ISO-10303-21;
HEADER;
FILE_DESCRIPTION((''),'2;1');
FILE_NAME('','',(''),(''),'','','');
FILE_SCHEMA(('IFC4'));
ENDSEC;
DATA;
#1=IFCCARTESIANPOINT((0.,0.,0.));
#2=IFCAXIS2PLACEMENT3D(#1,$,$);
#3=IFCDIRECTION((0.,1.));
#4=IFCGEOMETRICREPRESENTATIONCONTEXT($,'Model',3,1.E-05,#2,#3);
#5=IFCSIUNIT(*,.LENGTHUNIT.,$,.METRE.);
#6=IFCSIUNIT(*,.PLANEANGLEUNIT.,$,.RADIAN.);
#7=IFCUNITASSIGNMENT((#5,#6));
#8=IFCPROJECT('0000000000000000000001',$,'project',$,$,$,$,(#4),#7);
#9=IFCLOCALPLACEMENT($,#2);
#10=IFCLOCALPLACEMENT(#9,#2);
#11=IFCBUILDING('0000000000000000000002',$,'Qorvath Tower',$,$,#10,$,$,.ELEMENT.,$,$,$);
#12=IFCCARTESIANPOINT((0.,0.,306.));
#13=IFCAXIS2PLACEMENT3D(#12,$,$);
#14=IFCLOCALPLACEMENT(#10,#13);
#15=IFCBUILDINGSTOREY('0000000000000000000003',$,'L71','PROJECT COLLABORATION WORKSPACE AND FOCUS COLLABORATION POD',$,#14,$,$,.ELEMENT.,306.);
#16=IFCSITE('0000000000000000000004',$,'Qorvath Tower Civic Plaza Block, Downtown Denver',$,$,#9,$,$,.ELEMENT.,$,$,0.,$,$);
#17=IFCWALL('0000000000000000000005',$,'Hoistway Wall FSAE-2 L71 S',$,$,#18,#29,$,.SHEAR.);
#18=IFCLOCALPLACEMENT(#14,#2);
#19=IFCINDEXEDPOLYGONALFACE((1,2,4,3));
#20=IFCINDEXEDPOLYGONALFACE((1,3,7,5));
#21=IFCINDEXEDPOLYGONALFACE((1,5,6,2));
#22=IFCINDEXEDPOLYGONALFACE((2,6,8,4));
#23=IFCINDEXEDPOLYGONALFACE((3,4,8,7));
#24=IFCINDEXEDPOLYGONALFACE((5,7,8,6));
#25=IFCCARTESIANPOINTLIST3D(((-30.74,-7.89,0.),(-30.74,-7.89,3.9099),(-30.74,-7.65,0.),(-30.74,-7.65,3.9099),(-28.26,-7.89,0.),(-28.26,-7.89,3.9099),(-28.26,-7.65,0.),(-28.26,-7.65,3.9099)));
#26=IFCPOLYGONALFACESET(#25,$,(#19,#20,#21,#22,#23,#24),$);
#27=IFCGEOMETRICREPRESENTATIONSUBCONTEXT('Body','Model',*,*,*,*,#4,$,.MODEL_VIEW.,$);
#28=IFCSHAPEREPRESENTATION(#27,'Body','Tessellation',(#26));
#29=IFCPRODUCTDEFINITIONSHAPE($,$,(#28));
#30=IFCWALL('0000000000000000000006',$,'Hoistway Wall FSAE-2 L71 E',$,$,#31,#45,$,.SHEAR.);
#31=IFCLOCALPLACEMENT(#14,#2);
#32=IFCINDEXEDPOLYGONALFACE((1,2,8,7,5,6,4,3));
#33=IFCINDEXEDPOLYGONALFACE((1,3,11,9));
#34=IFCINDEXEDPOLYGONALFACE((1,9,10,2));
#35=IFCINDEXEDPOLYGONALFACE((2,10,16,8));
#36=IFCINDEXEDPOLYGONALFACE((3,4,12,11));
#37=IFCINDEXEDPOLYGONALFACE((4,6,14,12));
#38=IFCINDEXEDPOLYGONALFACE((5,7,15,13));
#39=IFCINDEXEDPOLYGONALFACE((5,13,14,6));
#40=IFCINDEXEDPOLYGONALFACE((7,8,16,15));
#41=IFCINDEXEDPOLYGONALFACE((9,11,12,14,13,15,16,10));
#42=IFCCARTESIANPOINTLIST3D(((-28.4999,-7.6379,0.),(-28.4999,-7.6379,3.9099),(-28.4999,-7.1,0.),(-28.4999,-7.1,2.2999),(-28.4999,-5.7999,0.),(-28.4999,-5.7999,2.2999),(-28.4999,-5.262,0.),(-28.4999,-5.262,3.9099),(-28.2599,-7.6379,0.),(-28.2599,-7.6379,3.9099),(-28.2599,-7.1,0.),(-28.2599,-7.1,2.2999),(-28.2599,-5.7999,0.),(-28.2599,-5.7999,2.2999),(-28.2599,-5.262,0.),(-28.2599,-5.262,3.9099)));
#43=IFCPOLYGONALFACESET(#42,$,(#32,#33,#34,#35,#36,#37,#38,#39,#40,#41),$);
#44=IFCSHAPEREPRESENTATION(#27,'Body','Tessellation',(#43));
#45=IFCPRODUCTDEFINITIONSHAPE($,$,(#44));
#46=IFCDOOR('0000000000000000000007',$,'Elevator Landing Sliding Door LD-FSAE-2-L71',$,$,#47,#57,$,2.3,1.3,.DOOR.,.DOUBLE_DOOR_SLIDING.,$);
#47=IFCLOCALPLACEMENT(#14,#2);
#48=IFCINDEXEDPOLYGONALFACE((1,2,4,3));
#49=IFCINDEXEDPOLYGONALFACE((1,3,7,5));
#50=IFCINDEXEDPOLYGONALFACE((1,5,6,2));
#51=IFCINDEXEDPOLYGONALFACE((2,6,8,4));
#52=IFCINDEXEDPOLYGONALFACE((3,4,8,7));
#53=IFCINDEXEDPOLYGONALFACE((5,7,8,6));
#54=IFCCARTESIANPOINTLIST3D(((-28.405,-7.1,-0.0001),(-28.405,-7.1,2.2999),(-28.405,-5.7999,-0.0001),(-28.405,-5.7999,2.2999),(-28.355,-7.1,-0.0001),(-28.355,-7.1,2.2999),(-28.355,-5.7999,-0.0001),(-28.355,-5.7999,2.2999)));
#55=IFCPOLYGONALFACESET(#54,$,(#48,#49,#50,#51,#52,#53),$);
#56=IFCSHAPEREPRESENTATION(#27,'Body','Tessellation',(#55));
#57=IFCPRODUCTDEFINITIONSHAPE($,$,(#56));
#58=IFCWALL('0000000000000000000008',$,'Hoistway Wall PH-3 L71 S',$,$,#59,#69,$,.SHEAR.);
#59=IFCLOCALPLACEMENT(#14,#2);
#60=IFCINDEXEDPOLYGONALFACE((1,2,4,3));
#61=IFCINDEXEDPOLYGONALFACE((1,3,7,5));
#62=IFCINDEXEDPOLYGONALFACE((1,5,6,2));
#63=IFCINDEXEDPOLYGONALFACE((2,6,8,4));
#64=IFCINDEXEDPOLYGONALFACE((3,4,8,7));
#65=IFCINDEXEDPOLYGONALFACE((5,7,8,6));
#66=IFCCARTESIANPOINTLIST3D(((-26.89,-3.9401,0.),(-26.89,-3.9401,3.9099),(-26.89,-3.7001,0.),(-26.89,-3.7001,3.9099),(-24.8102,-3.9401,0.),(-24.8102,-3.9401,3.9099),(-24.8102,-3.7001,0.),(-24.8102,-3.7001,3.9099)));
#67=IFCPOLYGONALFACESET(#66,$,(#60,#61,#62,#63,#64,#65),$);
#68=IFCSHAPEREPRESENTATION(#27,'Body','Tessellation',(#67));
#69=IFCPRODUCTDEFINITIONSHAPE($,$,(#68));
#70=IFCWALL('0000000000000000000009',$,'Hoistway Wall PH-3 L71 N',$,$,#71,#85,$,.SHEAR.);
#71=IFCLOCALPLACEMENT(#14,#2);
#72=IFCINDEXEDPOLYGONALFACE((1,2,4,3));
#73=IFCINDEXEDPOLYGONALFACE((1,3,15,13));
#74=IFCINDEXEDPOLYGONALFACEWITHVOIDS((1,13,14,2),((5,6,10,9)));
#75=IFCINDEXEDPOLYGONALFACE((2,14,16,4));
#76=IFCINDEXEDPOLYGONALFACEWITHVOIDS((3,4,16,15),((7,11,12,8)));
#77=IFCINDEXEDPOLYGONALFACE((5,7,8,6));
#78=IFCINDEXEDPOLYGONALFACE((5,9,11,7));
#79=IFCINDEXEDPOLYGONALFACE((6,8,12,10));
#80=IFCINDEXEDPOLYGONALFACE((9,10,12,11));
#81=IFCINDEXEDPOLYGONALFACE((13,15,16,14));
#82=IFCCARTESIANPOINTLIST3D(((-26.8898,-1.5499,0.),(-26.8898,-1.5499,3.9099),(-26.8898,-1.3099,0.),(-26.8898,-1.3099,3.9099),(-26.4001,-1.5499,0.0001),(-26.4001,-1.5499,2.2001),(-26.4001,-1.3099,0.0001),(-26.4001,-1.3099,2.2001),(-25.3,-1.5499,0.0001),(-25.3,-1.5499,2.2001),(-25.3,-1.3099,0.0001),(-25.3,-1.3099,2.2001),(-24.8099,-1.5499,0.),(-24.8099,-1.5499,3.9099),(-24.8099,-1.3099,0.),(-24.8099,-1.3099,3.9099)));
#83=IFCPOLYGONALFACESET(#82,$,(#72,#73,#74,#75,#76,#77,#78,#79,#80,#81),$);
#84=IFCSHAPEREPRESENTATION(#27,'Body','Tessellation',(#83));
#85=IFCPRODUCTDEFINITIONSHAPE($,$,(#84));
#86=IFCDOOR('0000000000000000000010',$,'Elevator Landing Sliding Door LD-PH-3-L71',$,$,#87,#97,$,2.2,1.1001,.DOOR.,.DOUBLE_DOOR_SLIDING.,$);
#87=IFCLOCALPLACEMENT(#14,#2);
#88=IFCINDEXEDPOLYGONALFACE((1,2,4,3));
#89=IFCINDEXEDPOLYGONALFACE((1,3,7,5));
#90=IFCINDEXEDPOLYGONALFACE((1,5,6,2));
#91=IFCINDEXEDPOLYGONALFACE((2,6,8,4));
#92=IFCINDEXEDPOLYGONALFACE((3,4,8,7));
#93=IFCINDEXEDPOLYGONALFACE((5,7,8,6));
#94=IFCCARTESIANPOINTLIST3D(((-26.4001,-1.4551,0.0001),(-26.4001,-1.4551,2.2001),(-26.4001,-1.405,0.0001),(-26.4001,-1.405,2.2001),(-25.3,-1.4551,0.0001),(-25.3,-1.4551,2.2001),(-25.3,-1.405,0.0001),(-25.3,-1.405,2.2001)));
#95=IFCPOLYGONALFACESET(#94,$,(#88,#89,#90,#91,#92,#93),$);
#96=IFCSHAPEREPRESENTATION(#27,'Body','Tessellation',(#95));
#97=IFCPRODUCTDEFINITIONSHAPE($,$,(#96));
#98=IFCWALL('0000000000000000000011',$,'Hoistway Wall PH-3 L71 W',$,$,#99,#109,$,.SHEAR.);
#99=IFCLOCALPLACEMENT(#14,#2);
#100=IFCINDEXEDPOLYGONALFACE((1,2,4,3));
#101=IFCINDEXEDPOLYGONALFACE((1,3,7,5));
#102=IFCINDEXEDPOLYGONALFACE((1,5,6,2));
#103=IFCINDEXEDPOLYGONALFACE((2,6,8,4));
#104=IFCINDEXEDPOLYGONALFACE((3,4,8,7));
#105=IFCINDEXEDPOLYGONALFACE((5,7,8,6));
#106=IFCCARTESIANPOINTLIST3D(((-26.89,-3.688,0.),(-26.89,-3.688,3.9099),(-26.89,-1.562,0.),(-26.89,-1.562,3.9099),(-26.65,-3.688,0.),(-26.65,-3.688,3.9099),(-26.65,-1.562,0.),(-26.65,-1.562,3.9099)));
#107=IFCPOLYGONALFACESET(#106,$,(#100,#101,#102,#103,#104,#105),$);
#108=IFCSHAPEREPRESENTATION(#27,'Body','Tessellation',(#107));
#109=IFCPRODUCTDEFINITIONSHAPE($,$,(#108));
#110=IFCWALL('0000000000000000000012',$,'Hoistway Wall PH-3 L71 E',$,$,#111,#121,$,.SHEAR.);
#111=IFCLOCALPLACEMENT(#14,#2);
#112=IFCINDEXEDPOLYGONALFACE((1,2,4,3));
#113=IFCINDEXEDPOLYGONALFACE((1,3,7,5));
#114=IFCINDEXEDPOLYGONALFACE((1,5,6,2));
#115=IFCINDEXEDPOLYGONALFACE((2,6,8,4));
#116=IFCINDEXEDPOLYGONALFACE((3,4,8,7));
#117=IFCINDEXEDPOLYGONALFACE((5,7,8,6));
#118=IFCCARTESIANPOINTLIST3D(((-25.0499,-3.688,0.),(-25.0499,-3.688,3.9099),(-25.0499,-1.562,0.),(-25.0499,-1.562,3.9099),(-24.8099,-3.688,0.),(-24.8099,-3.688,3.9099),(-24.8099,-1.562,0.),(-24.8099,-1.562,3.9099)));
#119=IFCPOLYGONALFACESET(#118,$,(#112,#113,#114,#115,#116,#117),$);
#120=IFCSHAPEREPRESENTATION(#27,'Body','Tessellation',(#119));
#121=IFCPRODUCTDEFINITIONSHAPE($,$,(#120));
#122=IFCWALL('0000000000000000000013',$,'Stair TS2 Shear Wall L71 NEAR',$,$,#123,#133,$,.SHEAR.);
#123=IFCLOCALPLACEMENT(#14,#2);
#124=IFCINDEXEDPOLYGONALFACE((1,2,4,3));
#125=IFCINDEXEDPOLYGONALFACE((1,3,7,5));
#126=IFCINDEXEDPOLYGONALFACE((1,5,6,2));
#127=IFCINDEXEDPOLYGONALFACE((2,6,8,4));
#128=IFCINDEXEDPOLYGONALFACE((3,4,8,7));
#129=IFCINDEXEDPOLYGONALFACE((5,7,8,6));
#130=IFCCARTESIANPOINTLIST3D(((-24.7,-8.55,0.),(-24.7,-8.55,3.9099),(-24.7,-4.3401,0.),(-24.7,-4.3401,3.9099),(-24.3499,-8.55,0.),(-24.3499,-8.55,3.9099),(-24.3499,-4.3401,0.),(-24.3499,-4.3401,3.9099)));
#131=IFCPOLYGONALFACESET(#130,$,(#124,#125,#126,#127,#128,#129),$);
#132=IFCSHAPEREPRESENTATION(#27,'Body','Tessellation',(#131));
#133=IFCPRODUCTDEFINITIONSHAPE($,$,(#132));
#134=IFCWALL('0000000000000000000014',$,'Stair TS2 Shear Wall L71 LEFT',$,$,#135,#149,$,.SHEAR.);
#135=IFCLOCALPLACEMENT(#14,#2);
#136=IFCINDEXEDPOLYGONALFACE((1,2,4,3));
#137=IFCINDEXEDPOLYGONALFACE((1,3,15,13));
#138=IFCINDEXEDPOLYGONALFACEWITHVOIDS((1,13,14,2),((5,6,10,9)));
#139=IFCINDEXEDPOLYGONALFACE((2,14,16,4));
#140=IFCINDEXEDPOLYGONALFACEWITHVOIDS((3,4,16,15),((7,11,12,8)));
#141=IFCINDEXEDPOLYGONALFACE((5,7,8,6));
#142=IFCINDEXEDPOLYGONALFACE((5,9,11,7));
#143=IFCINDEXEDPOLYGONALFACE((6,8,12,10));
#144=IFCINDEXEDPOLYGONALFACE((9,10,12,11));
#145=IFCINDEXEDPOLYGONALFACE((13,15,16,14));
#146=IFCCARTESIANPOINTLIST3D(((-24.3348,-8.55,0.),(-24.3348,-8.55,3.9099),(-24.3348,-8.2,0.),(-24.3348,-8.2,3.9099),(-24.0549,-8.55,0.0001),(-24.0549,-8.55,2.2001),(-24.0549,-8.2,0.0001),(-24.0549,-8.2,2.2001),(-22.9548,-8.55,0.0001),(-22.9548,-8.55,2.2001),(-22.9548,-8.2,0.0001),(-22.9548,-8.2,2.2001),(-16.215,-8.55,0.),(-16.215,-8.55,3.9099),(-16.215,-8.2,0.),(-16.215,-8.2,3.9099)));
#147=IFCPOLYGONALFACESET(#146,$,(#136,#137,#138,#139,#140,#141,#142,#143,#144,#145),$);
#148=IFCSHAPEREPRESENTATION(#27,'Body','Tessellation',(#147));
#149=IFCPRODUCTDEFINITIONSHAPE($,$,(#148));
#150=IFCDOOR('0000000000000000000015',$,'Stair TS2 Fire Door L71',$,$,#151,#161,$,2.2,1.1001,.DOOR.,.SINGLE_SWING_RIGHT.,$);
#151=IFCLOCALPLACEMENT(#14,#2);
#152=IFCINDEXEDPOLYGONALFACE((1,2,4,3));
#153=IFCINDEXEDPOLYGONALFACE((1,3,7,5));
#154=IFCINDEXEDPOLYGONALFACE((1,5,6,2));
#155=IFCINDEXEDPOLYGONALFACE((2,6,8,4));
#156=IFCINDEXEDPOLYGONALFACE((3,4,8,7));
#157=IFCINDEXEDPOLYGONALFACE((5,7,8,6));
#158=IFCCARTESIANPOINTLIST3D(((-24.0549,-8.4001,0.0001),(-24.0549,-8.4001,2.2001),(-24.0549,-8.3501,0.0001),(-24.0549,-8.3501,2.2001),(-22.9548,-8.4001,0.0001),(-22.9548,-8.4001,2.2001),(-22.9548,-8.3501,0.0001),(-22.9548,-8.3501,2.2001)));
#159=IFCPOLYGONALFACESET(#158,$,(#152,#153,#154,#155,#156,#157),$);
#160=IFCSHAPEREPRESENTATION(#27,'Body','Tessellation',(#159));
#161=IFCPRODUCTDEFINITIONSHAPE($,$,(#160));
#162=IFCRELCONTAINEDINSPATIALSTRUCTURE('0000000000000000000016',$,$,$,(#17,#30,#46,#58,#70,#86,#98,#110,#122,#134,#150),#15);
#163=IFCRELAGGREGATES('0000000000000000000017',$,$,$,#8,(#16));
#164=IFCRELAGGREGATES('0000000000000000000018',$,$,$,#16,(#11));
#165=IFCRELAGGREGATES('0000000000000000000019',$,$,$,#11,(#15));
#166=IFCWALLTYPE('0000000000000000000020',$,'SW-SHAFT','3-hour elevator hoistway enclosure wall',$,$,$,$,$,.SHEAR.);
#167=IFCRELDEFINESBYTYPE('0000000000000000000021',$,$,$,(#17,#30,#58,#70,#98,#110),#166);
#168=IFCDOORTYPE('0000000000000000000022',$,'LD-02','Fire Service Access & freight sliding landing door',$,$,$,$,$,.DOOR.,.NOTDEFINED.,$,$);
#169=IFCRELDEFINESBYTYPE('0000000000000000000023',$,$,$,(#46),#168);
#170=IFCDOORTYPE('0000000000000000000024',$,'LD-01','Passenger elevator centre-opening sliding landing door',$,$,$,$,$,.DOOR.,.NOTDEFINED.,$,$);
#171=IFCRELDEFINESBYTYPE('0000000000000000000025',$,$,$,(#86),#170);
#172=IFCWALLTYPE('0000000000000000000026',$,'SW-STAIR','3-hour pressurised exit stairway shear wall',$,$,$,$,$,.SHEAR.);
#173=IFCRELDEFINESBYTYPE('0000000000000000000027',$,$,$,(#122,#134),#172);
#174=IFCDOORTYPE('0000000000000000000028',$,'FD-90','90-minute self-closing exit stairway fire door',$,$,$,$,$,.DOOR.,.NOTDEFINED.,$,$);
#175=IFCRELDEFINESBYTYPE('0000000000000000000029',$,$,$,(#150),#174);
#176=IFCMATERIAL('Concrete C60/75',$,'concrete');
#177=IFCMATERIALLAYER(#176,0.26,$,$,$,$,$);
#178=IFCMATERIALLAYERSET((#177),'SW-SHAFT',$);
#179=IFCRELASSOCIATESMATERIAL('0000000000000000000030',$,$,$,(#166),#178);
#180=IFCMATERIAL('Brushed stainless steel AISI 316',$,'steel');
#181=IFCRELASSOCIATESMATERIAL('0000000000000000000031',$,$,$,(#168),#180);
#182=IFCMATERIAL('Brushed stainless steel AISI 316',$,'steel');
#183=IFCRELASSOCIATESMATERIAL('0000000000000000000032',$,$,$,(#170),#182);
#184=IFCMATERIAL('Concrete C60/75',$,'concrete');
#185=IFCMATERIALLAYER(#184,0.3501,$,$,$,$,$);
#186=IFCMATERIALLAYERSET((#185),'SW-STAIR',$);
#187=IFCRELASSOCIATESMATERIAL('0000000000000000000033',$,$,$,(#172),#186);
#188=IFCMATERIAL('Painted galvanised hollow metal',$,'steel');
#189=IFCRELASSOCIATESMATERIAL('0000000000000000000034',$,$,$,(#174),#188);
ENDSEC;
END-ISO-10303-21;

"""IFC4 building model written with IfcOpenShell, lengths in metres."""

from ifc_helpers import new_model, si_unit, direction, frame, frame_2d, origin, place, context, subcontext, project, spatial, rectangle, extrude, material, layer, layer_set, type_object, element, fill, save


model = new_model("IFC4")

# Units and contexts
model_context = context("Model", 3, precision=1e-05, world=origin(), true_north=direction((0.0, 1.0)))
body_context = subcontext(model_context, "Body", "Model", "MODEL_VIEW")
ifc_project = project(units=[si_unit("LENGTHUNIT", "METRE"), si_unit("PLANEANGLEUNIT", "RADIAN")], contexts=[model_context])

# Site, building, storey
site_placement = place(None, origin())
site = spatial("IfcSite", under=ifc_project, at=site_placement, Name="Qorvath Tower Civic Plaza Block, Downtown Denver", CompositionType="ELEMENT", RefElevation=0.0)
building_placement = place(site_placement, origin())
building = spatial("IfcBuilding", under=site, at=building_placement, Name="Qorvath Tower", CompositionType="ELEMENT")
storey_placement = place(building_placement, frame((0.0, 0.0, 306.0)))
storey = spatial("IfcBuildingStorey", under=building, at=storey_placement, Name="L71", Description="PROJECT COLLABORATION WORKSPACE AND FOCUS COLLABORATION POD", CompositionType="ELEMENT", Elevation=306.0)

# Wall
ifc_material_1 = material(Name="Concrete C60/75", Category="concrete")
ifc_layer_1 = layer(ifc_material_1, 0.26)
ifc_layer_set_1 = layer_set([ifc_layer_1], Name="SW-SHAFT")
wall_type_1 = type_object("IfcWallType", Name="SW-SHAFT", Description="3-hour elevator hoistway enclosure wall", PredefinedType="SHEAR", material=ifc_layer_set_1)
wall_1_placement = place(storey_placement, frame((-28.26, -7.77, 0.0), z_axis=(0.0, 0.0, 1.0), x_axis=(-1.0, 0.0, 0.0)))
element("IfcWall", 1, at=wall_1_placement, inside=storey, type_object=wall_type_1, Name="Hoistway Wall FSAE-2 L71 S", PredefinedType="SHEAR", context=body_context, shape_type="SweptSolid", body=[
    extrude(rectangle(XDim=2.48, YDim=0.24, at=frame_2d((1.24, 0.0))), origin(), (0.0, 0.0, 1.0), 3.9099),
])

# Wall, opening, door
wall_2_placement = place(storey_placement, frame((-28.3799, -5.262, 0.0), z_axis=(0.0, 0.0, 1.0), x_axis=(0.0, -1.0, 0.0)))
wall_2 = element("IfcWall", 2, at=wall_2_placement, inside=storey, type_object=wall_type_1, Name="Hoistway Wall FSAE-2 L71 E", PredefinedType="SHEAR", context=body_context, shape_type="SweptSolid", body=[
    extrude(rectangle(XDim=2.376, YDim=0.24, at=frame_2d((1.188, 0.0))), origin(), (0.0, 0.0, 1.0), 3.9099),
])
opening_1_placement = place(wall_2_placement, frame((0.5381, 0.0, 0.0)))
opening_1 = element("IfcOpeningElement", 3, at=opening_1_placement, cuts=wall_2, PredefinedType="OPENING", context=body_context, shape_type="SweptSolid", body=[
    extrude(rectangle(XDim=1.3, YDim=2.3, at=frame_2d((0.6499, 1.1499))), frame((0.0, 0.1299, 0.0), z_axis=(0.0, -1.0, 0.0), x_axis=(1.0, 0.0, 0.0)), (0.0, 0.0, 1.0), 0.26),
])
ifc_material_2 = material(Name="Brushed stainless steel AISI 316", Category="steel")
door_type_1 = type_object("IfcDoorType", Name="LD-02", Description="Fire Service Access & freight sliding landing door", OperationType="NOTDEFINED", PredefinedType="DOOR", material=ifc_material_2)
door_1_placement = place(opening_1_placement, origin())
door_1 = element("IfcDoor", 4, at=door_1_placement, inside=storey, type_object=door_type_1, Name="Elevator Landing Sliding Door LD-FSAE-2-L71", OperationType="DOUBLE_DOOR_SLIDING", OverallHeight=2.3, OverallWidth=1.3, PredefinedType="DOOR", context=body_context, shape_type="SweptSolid", body=[
    extrude(rectangle(XDim=1.3, YDim=2.3, at=frame_2d((0.6499, 1.1499))), frame((0.0, 0.0249, 0.0), z_axis=(0.0, -1.0, 0.0), x_axis=(1.0, 0.0, 0.0)), (0.0, 0.0, 1.0), 0.05),
])
fill(opening_1, door_1)

# Wall
wall_3_placement = place(storey_placement, frame((-24.8101, -3.8201, 0.0), z_axis=(0.0, 0.0, 1.0), x_axis=(-1.0, 0.0, 0.0)))
element("IfcWall", 5, at=wall_3_placement, inside=storey, type_object=wall_type_1, Name="Hoistway Wall PH-3 L71 S", PredefinedType="SHEAR", context=body_context, shape_type="SweptSolid", body=[
    extrude(rectangle(XDim=2.0798, YDim=0.24, at=frame_2d((1.04, 0.0))), origin(), (0.0, 0.0, 1.0), 3.9099),
])

# Wall, opening, door
wall_4_placement = place(storey_placement, frame((-26.8899, -1.4299, 0.0), z_axis=(0.0, 0.0, 1.0), x_axis=(1.0, 0.0, 0.0)))
wall_4 = element("IfcWall", 6, at=wall_4_placement, inside=storey, type_object=wall_type_1, Name="Hoistway Wall PH-3 L71 N", PredefinedType="SHEAR", context=body_context, shape_type="SweptSolid", body=[
    extrude(rectangle(XDim=2.0798, YDim=0.24, at=frame_2d((1.04, 0.0))), origin(), (0.0, 0.0, 1.0), 3.9099),
])
opening_2_placement = place(wall_4_placement, frame((0.4897, 0.0, 0.0)))
opening_2 = element("IfcOpeningElement", 7, at=opening_2_placement, cuts=wall_4, PredefinedType="OPENING", context=body_context, shape_type="SweptSolid", body=[
    extrude(rectangle(XDim=1.1001, YDim=2.2, at=frame_2d((0.55, 1.1001))), frame((0.0, 0.1299, 0.0), z_axis=(0.0, -1.0, 0.0), x_axis=(1.0, 0.0, 0.0)), (0.0, 0.0, 1.0), 0.26),
])
ifc_material_3 = material(Name="Brushed stainless steel AISI 316", Category="steel")
door_type_2 = type_object("IfcDoorType", Name="LD-01", Description="Passenger elevator centre-opening sliding landing door", OperationType="NOTDEFINED", PredefinedType="DOOR", material=ifc_material_3)
door_2_placement = place(opening_2_placement, origin())
door_2 = element("IfcDoor", 8, at=door_2_placement, inside=storey, type_object=door_type_2, Name="Elevator Landing Sliding Door LD-PH-3-L71", OperationType="DOUBLE_DOOR_SLIDING", OverallHeight=2.2, OverallWidth=1.1001, PredefinedType="DOOR", context=body_context, shape_type="SweptSolid", body=[
    extrude(rectangle(XDim=1.1001, YDim=2.2, at=frame_2d((0.55, 1.1001))), frame((0.0, 0.0249, 0.0), z_axis=(0.0, -1.0, 0.0), x_axis=(1.0, 0.0, 0.0)), (0.0, 0.0, 1.0), 0.05),
])
fill(opening_2, door_2)

# Walls
for number, where, z_axis, x_axis, name in (
    (9, (-26.77, -3.688, 0.0), (0.0, 0.0, 1.0), (0.0, 1.0, 0.0), "Hoistway Wall PH-3 L71 W"),
    (10, (-24.9299, -1.562, 0.0), (0.0, 0.0, 1.0), (0.0, -1.0, 0.0), "Hoistway Wall PH-3 L71 E"),
):
    element("IfcWall", number, at=place(storey_placement, frame(where, z_axis=z_axis, x_axis=x_axis)), inside=storey, type_object=wall_type_1, Name=name, PredefinedType="SHEAR", context=body_context, shape_type="SweptSolid", body=[
        extrude(rectangle(XDim=2.126, YDim=0.24, at=frame_2d((1.063, 0.0))), origin(), (0.0, 0.0, 1.0), 3.9099),
    ])
ifc_material_4 = material(Name="Concrete C60/75", Category="concrete")
ifc_layer_2 = layer(ifc_material_4, 0.3501)
ifc_layer_set_2 = layer_set([ifc_layer_2], Name="SW-STAIR")
wall_type_2 = type_object("IfcWallType", Name="SW-STAIR", Description="3-hour pressurised exit stairway shear wall", PredefinedType="SHEAR", material=ifc_layer_set_2)
wall_5_placement = place(storey_placement, frame((-24.5249, -4.3401, 0.0), z_axis=(0.0, 0.0, 1.0), x_axis=(0.0, -1.0, 0.0)))
element("IfcWall", 11, at=wall_5_placement, inside=storey, type_object=wall_type_2, Name="Stair TS2 Shear Wall L71 NEAR", PredefinedType="SHEAR", context=body_context, shape_type="SweptSolid", body=[
    extrude(rectangle(XDim=4.21, YDim=0.3501, at=frame_2d((2.105, 0.0))), origin(), (0.0, 0.0, 1.0), 3.9099),
])

# Wall, opening, door
wall_6_placement = place(storey_placement, frame((-24.335, -8.375, 0.0), z_axis=(0.0, 0.0, 1.0), x_axis=(1.0, 0.0, 0.0)))
wall_6 = element("IfcWall", 12, at=wall_6_placement, inside=storey, type_object=wall_type_2, Name="Stair TS2 Shear Wall L71 LEFT", PredefinedType="SHEAR", context=body_context, shape_type="SweptSolid", body=[
    extrude(rectangle(XDim=8.1199, YDim=0.3501, at=frame_2d((4.0601, 0.0))), origin(), (0.0, 0.0, 1.0), 3.9099),
])
opening_3_placement = place(wall_6_placement, frame((0.28, 0.0, 0.0)))
opening_3 = element("IfcOpeningElement", 13, at=opening_3_placement, cuts=wall_6, PredefinedType="OPENING", context=body_context, shape_type="SweptSolid", body=[
    extrude(rectangle(XDim=1.1001, YDim=2.2, at=frame_2d((0.55, 1.1001))), frame((0.0, 0.1851, 0.0), z_axis=(0.0, -1.0, 0.0), x_axis=(1.0, 0.0, 0.0)), (0.0, 0.0, 1.0), 0.3701),
])
ifc_material_5 = material(Name="Painted galvanised hollow metal", Category="steel")
door_type_3 = type_object("IfcDoorType", Name="FD-90", Description="90-minute self-closing exit stairway fire door", OperationType="NOTDEFINED", PredefinedType="DOOR", material=ifc_material_5)
door_3_placement = place(opening_3_placement, origin())
door_3 = element("IfcDoor", 14, at=door_3_placement, inside=storey, type_object=door_type_3, Name="Stair TS2 Fire Door L71", OperationType="SINGLE_SWING_RIGHT", OverallHeight=2.2, OverallWidth=1.1001, PredefinedType="DOOR", context=body_context, shape_type="SweptSolid", body=[
    extrude(rectangle(XDim=1.1001, YDim=2.2, at=frame_2d((0.55, 1.1001))), frame((0.0, 0.0249, 0.0), z_axis=(0.0, -1.0, 0.0), x_axis=(1.0, 0.0, 0.0)), (0.0, 0.0, 1.0), 0.05),
])
fill(opening_3, door_3)

save(model, "model.ifc")
